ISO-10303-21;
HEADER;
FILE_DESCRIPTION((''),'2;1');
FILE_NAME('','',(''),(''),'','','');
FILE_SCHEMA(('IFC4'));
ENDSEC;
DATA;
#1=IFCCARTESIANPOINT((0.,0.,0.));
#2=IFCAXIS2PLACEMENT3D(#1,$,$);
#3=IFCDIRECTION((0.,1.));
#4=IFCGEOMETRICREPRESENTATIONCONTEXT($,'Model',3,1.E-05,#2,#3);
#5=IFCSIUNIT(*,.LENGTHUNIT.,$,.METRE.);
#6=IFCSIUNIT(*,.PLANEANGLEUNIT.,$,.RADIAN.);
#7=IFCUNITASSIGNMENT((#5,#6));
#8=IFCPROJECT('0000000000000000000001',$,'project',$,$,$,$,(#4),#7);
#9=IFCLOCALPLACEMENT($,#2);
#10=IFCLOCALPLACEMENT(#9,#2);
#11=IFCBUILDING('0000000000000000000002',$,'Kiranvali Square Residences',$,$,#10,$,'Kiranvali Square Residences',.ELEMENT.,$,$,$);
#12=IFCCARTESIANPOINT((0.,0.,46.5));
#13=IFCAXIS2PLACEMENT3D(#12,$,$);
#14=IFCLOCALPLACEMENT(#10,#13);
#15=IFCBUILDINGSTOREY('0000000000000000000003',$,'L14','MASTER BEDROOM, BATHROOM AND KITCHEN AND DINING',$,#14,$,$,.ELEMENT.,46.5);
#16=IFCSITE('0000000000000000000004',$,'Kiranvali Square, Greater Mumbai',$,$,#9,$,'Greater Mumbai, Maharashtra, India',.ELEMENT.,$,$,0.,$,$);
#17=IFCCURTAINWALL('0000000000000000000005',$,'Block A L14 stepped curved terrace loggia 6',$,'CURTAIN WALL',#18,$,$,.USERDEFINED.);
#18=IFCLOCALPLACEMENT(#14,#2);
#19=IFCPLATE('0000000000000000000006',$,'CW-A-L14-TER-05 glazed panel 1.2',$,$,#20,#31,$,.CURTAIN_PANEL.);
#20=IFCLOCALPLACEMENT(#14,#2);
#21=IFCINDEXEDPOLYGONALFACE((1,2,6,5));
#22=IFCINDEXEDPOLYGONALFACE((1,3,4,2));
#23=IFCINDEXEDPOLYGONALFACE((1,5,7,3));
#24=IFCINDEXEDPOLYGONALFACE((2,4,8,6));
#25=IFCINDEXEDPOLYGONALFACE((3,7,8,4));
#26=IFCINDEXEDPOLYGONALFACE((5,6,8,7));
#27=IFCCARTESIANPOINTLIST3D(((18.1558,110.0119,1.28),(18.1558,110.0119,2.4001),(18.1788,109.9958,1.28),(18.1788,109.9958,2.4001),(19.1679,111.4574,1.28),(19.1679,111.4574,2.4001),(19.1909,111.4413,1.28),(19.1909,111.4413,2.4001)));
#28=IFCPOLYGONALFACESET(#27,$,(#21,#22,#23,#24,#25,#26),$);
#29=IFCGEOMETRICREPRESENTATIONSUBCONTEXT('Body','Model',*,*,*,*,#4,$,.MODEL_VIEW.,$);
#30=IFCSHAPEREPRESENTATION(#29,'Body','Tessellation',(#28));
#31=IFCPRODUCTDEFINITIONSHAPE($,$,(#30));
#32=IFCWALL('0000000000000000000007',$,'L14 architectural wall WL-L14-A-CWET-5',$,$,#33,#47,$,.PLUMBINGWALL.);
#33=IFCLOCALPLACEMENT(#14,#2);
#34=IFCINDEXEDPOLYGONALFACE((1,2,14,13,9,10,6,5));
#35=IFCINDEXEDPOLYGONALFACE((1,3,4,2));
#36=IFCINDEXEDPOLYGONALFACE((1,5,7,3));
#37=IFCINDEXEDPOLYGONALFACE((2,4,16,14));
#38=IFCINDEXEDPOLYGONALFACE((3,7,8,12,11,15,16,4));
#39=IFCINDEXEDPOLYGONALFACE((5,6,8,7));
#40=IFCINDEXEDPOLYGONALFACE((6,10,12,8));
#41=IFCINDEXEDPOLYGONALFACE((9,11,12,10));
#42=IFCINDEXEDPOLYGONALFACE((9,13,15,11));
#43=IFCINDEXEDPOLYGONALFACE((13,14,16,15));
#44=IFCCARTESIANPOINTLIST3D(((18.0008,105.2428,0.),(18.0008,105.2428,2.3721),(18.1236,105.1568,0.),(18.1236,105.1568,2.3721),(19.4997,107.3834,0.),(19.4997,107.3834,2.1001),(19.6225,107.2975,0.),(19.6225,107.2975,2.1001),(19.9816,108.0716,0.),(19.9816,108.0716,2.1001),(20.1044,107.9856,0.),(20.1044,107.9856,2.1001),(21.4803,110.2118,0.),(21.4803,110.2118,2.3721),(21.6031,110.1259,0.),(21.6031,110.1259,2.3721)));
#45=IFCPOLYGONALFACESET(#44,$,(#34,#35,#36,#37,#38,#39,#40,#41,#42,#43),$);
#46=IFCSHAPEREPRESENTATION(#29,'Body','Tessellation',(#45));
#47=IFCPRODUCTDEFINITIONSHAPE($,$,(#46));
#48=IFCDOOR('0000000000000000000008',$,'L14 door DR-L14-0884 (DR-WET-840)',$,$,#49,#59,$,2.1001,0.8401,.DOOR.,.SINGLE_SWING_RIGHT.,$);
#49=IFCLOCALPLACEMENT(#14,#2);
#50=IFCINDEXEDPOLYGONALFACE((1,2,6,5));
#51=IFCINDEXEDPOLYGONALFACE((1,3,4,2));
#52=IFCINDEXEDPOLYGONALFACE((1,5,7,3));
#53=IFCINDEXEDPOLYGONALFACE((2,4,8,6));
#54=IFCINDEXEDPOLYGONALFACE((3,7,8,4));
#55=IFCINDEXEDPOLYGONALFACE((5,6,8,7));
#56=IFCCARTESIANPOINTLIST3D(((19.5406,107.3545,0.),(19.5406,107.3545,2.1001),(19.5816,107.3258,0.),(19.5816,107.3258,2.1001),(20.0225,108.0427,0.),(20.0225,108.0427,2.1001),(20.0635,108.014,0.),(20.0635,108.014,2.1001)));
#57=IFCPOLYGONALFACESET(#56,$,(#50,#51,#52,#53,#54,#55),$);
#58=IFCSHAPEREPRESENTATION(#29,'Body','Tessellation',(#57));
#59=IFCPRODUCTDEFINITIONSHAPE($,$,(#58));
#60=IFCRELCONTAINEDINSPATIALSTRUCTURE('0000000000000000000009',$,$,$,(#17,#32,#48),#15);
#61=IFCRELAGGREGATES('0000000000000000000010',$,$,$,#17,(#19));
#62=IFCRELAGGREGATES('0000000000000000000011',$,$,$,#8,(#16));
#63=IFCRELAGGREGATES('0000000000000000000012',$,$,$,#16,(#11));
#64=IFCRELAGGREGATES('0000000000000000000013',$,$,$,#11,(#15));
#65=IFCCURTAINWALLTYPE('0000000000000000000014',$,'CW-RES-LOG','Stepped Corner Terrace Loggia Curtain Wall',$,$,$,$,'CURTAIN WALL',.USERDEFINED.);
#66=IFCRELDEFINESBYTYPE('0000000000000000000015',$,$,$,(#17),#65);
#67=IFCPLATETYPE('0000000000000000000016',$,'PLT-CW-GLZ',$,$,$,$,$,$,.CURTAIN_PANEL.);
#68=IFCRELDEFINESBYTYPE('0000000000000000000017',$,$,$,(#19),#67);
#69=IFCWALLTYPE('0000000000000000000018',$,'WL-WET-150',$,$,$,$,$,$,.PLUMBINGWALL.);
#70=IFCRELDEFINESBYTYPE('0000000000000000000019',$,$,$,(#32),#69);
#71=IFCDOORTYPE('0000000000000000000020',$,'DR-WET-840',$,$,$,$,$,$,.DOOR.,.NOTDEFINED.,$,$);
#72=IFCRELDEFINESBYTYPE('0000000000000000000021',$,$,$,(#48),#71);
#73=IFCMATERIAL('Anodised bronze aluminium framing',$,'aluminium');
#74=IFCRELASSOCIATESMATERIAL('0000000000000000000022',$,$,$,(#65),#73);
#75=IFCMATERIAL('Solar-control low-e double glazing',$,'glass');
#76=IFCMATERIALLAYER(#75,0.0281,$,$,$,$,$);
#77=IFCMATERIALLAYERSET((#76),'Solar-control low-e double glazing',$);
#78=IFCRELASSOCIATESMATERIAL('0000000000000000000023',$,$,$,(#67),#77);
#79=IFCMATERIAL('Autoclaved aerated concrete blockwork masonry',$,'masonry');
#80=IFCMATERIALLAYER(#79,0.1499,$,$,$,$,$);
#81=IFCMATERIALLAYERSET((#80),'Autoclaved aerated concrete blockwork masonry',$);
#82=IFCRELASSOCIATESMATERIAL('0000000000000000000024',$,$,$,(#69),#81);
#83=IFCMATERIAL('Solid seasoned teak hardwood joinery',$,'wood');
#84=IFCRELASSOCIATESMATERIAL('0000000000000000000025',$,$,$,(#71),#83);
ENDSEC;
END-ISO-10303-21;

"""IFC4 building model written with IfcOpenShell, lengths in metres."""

from ifc_helpers import new_model, si_unit, direction, frame, frame_2d, origin, origin_2d, place, context, subcontext, project, spatial, rectangle, extrude, material, layer, layer_set, type_object, element, fill, aggregate, save


model = new_model("IFC4")

# Units and contexts
model_context = context("Model", 3, precision=1e-05, world=origin(), true_north=direction((0.0, 1.0)))
body_context = subcontext(model_context, "Body", "Model", "MODEL_VIEW")
ifc_project = project(units=[si_unit("LENGTHUNIT", "METRE"), si_unit("PLANEANGLEUNIT", "RADIAN")], contexts=[model_context])

# Site, building, storey
site_placement = place(None, origin())
site = spatial("IfcSite", under=ifc_project, at=site_placement, Name="Kiranvali Square, Greater Mumbai", LongName="Greater Mumbai, Maharashtra, India", CompositionType="ELEMENT", RefElevation=0.0)
building_placement = place(site_placement, origin())
building = spatial("IfcBuilding", under=site, at=building_placement, Name="Kiranvali Square Residences", LongName="Kiranvali Square Residences", CompositionType="ELEMENT")
storey_placement = place(building_placement, frame((0.0, 0.0, 46.5)))
storey = spatial("IfcBuildingStorey", under=building, at=storey_placement, Name="L14", Description="MASTER BEDROOM, BATHROOM AND KITCHEN AND DINING", CompositionType="ELEMENT", Elevation=46.5)

# Shared definitions
ifc_material_1 = material(Name="Anodised bronze aluminium framing", Category="aluminium")
curtain_wall_type = type_object("IfcCurtainWallType", Name="CW-RES-LOG", Description="Stepped Corner Terrace Loggia Curtain Wall", ElementType="CURTAIN WALL", PredefinedType="USERDEFINED", material=ifc_material_1)

# Curtain wall
curtain_wall_1_placement = place(storey_placement, origin())
curtain_wall_1 = element("IfcCurtainWall", 1, at=curtain_wall_1_placement, inside=storey, type_object=curtain_wall_type, Name="Block A L14 stepped curved terrace loggia 6", ObjectType="CURTAIN WALL", PredefinedType="USERDEFINED")

# Plate
ifc_material_2 = material(Name="Solar-control low-e double glazing", Category="glass")
ifc_layer_1 = layer(ifc_material_2, 0.0281)
ifc_layer_set_1 = layer_set([ifc_layer_1], Name="Solar-control low-e double glazing")
plate_type = type_object("IfcPlateType", Name="PLT-CW-GLZ", PredefinedType="CURTAIN_PANEL", material=ifc_layer_set_1)
plate_1_placement = place(storey_placement, frame((18.6733, 110.7266, 1.28), z_axis=(0.0, 0.0, 1.0), x_axis=(-0.573576, -0.819152, 0.0)))
plate_1 = element("IfcPlate", 2, at=plate_1_placement, type_object=plate_type, Name="CW-A-L14-TER-05 glazed panel 1.2", PredefinedType="CURTAIN_PANEL", context=body_context, shape_type="SweptSolid", body=[
    extrude(rectangle(XDim=1.7646, YDim=0.0281, at=origin_2d()), origin(), (0.0, 0.0, 1.0), 1.1201),
])
aggregate(curtain_wall_1, [plate_1])

# Wall, opening, door
ifc_material_3 = material(Name="Autoclaved aerated concrete blockwork masonry", Category="masonry")
ifc_layer_2 = layer(ifc_material_3, 0.1499)
ifc_layer_set_2 = layer_set([ifc_layer_2], Name="Autoclaved aerated concrete blockwork masonry")
wall_type_1 = type_object("IfcWallType", Name="WL-WET-150", PredefinedType="PLUMBINGWALL", material=ifc_layer_set_2)
wall_1_placement = place(storey_placement, frame((21.5417, 110.1689, 0.0), z_axis=(0.0, 0.0, 1.0), x_axis=(-0.573595, -0.819139, 0.0)))
wall_1 = element("IfcWall", 3, at=wall_1_placement, inside=storey, type_object=wall_type_1, Name="L14 architectural wall WL-L14-A-CWET-5", PredefinedType="PLUMBINGWALL", context=body_context, shape_type="SweptSolid", body=[
    extrude(rectangle(XDim=6.0662, YDim=0.1499, at=frame_2d((3.0332, 0.0))), origin(), (0.0, 0.0, 1.0), 2.3721),
])
opening_1_placement = place(wall_1_placement, frame((2.613, 0.0, 0.0)))
opening_1 = element("IfcOpeningElement", 4, at=opening_1_placement, cuts=wall_1, PredefinedType="OPENING", context=body_context, shape_type="SweptSolid", body=[
    extrude(rectangle(XDim=0.8401, YDim=2.1001, at=frame_2d((0.4199, 1.05))), frame((0.0, 0.085, 0.0), z_axis=(0.0, -1.0, 0.0), x_axis=(1.0, 0.0, 0.0)), (0.0, 0.0, 1.0), 0.1699),
])
ifc_material_4 = material(Name="Solid seasoned teak hardwood joinery", Category="wood")
door_type_1 = type_object("IfcDoorType", Name="DR-WET-840", OperationType="NOTDEFINED", PredefinedType="DOOR", material=ifc_material_4)
door_1_placement = place(opening_1_placement, frame((0.8401, 0.0, 0.0), z_axis=(0.0, 0.0, 1.0), x_axis=(-1.0, 0.0, 0.0)))
door_1 = element("IfcDoor", 5, at=door_1_placement, inside=storey, type_object=door_type_1, Name="L14 door DR-L14-0884 (DR-WET-840)", OperationType="SINGLE_SWING_RIGHT", OverallHeight=2.1001, OverallWidth=0.8401, PredefinedType="DOOR", context=body_context, shape_type="SweptSolid", body=[
    extrude(rectangle(XDim=0.8401, YDim=2.1001, at=frame_2d((0.4199, 1.05))), frame((0.0, 0.0249, 0.0), z_axis=(0.0, -1.0, 0.0), x_axis=(1.0, 0.0, 0.0)), (0.0, 0.0, 1.0), 0.05),
])
fill(opening_1, door_1)

save(model, "model.ifc")
